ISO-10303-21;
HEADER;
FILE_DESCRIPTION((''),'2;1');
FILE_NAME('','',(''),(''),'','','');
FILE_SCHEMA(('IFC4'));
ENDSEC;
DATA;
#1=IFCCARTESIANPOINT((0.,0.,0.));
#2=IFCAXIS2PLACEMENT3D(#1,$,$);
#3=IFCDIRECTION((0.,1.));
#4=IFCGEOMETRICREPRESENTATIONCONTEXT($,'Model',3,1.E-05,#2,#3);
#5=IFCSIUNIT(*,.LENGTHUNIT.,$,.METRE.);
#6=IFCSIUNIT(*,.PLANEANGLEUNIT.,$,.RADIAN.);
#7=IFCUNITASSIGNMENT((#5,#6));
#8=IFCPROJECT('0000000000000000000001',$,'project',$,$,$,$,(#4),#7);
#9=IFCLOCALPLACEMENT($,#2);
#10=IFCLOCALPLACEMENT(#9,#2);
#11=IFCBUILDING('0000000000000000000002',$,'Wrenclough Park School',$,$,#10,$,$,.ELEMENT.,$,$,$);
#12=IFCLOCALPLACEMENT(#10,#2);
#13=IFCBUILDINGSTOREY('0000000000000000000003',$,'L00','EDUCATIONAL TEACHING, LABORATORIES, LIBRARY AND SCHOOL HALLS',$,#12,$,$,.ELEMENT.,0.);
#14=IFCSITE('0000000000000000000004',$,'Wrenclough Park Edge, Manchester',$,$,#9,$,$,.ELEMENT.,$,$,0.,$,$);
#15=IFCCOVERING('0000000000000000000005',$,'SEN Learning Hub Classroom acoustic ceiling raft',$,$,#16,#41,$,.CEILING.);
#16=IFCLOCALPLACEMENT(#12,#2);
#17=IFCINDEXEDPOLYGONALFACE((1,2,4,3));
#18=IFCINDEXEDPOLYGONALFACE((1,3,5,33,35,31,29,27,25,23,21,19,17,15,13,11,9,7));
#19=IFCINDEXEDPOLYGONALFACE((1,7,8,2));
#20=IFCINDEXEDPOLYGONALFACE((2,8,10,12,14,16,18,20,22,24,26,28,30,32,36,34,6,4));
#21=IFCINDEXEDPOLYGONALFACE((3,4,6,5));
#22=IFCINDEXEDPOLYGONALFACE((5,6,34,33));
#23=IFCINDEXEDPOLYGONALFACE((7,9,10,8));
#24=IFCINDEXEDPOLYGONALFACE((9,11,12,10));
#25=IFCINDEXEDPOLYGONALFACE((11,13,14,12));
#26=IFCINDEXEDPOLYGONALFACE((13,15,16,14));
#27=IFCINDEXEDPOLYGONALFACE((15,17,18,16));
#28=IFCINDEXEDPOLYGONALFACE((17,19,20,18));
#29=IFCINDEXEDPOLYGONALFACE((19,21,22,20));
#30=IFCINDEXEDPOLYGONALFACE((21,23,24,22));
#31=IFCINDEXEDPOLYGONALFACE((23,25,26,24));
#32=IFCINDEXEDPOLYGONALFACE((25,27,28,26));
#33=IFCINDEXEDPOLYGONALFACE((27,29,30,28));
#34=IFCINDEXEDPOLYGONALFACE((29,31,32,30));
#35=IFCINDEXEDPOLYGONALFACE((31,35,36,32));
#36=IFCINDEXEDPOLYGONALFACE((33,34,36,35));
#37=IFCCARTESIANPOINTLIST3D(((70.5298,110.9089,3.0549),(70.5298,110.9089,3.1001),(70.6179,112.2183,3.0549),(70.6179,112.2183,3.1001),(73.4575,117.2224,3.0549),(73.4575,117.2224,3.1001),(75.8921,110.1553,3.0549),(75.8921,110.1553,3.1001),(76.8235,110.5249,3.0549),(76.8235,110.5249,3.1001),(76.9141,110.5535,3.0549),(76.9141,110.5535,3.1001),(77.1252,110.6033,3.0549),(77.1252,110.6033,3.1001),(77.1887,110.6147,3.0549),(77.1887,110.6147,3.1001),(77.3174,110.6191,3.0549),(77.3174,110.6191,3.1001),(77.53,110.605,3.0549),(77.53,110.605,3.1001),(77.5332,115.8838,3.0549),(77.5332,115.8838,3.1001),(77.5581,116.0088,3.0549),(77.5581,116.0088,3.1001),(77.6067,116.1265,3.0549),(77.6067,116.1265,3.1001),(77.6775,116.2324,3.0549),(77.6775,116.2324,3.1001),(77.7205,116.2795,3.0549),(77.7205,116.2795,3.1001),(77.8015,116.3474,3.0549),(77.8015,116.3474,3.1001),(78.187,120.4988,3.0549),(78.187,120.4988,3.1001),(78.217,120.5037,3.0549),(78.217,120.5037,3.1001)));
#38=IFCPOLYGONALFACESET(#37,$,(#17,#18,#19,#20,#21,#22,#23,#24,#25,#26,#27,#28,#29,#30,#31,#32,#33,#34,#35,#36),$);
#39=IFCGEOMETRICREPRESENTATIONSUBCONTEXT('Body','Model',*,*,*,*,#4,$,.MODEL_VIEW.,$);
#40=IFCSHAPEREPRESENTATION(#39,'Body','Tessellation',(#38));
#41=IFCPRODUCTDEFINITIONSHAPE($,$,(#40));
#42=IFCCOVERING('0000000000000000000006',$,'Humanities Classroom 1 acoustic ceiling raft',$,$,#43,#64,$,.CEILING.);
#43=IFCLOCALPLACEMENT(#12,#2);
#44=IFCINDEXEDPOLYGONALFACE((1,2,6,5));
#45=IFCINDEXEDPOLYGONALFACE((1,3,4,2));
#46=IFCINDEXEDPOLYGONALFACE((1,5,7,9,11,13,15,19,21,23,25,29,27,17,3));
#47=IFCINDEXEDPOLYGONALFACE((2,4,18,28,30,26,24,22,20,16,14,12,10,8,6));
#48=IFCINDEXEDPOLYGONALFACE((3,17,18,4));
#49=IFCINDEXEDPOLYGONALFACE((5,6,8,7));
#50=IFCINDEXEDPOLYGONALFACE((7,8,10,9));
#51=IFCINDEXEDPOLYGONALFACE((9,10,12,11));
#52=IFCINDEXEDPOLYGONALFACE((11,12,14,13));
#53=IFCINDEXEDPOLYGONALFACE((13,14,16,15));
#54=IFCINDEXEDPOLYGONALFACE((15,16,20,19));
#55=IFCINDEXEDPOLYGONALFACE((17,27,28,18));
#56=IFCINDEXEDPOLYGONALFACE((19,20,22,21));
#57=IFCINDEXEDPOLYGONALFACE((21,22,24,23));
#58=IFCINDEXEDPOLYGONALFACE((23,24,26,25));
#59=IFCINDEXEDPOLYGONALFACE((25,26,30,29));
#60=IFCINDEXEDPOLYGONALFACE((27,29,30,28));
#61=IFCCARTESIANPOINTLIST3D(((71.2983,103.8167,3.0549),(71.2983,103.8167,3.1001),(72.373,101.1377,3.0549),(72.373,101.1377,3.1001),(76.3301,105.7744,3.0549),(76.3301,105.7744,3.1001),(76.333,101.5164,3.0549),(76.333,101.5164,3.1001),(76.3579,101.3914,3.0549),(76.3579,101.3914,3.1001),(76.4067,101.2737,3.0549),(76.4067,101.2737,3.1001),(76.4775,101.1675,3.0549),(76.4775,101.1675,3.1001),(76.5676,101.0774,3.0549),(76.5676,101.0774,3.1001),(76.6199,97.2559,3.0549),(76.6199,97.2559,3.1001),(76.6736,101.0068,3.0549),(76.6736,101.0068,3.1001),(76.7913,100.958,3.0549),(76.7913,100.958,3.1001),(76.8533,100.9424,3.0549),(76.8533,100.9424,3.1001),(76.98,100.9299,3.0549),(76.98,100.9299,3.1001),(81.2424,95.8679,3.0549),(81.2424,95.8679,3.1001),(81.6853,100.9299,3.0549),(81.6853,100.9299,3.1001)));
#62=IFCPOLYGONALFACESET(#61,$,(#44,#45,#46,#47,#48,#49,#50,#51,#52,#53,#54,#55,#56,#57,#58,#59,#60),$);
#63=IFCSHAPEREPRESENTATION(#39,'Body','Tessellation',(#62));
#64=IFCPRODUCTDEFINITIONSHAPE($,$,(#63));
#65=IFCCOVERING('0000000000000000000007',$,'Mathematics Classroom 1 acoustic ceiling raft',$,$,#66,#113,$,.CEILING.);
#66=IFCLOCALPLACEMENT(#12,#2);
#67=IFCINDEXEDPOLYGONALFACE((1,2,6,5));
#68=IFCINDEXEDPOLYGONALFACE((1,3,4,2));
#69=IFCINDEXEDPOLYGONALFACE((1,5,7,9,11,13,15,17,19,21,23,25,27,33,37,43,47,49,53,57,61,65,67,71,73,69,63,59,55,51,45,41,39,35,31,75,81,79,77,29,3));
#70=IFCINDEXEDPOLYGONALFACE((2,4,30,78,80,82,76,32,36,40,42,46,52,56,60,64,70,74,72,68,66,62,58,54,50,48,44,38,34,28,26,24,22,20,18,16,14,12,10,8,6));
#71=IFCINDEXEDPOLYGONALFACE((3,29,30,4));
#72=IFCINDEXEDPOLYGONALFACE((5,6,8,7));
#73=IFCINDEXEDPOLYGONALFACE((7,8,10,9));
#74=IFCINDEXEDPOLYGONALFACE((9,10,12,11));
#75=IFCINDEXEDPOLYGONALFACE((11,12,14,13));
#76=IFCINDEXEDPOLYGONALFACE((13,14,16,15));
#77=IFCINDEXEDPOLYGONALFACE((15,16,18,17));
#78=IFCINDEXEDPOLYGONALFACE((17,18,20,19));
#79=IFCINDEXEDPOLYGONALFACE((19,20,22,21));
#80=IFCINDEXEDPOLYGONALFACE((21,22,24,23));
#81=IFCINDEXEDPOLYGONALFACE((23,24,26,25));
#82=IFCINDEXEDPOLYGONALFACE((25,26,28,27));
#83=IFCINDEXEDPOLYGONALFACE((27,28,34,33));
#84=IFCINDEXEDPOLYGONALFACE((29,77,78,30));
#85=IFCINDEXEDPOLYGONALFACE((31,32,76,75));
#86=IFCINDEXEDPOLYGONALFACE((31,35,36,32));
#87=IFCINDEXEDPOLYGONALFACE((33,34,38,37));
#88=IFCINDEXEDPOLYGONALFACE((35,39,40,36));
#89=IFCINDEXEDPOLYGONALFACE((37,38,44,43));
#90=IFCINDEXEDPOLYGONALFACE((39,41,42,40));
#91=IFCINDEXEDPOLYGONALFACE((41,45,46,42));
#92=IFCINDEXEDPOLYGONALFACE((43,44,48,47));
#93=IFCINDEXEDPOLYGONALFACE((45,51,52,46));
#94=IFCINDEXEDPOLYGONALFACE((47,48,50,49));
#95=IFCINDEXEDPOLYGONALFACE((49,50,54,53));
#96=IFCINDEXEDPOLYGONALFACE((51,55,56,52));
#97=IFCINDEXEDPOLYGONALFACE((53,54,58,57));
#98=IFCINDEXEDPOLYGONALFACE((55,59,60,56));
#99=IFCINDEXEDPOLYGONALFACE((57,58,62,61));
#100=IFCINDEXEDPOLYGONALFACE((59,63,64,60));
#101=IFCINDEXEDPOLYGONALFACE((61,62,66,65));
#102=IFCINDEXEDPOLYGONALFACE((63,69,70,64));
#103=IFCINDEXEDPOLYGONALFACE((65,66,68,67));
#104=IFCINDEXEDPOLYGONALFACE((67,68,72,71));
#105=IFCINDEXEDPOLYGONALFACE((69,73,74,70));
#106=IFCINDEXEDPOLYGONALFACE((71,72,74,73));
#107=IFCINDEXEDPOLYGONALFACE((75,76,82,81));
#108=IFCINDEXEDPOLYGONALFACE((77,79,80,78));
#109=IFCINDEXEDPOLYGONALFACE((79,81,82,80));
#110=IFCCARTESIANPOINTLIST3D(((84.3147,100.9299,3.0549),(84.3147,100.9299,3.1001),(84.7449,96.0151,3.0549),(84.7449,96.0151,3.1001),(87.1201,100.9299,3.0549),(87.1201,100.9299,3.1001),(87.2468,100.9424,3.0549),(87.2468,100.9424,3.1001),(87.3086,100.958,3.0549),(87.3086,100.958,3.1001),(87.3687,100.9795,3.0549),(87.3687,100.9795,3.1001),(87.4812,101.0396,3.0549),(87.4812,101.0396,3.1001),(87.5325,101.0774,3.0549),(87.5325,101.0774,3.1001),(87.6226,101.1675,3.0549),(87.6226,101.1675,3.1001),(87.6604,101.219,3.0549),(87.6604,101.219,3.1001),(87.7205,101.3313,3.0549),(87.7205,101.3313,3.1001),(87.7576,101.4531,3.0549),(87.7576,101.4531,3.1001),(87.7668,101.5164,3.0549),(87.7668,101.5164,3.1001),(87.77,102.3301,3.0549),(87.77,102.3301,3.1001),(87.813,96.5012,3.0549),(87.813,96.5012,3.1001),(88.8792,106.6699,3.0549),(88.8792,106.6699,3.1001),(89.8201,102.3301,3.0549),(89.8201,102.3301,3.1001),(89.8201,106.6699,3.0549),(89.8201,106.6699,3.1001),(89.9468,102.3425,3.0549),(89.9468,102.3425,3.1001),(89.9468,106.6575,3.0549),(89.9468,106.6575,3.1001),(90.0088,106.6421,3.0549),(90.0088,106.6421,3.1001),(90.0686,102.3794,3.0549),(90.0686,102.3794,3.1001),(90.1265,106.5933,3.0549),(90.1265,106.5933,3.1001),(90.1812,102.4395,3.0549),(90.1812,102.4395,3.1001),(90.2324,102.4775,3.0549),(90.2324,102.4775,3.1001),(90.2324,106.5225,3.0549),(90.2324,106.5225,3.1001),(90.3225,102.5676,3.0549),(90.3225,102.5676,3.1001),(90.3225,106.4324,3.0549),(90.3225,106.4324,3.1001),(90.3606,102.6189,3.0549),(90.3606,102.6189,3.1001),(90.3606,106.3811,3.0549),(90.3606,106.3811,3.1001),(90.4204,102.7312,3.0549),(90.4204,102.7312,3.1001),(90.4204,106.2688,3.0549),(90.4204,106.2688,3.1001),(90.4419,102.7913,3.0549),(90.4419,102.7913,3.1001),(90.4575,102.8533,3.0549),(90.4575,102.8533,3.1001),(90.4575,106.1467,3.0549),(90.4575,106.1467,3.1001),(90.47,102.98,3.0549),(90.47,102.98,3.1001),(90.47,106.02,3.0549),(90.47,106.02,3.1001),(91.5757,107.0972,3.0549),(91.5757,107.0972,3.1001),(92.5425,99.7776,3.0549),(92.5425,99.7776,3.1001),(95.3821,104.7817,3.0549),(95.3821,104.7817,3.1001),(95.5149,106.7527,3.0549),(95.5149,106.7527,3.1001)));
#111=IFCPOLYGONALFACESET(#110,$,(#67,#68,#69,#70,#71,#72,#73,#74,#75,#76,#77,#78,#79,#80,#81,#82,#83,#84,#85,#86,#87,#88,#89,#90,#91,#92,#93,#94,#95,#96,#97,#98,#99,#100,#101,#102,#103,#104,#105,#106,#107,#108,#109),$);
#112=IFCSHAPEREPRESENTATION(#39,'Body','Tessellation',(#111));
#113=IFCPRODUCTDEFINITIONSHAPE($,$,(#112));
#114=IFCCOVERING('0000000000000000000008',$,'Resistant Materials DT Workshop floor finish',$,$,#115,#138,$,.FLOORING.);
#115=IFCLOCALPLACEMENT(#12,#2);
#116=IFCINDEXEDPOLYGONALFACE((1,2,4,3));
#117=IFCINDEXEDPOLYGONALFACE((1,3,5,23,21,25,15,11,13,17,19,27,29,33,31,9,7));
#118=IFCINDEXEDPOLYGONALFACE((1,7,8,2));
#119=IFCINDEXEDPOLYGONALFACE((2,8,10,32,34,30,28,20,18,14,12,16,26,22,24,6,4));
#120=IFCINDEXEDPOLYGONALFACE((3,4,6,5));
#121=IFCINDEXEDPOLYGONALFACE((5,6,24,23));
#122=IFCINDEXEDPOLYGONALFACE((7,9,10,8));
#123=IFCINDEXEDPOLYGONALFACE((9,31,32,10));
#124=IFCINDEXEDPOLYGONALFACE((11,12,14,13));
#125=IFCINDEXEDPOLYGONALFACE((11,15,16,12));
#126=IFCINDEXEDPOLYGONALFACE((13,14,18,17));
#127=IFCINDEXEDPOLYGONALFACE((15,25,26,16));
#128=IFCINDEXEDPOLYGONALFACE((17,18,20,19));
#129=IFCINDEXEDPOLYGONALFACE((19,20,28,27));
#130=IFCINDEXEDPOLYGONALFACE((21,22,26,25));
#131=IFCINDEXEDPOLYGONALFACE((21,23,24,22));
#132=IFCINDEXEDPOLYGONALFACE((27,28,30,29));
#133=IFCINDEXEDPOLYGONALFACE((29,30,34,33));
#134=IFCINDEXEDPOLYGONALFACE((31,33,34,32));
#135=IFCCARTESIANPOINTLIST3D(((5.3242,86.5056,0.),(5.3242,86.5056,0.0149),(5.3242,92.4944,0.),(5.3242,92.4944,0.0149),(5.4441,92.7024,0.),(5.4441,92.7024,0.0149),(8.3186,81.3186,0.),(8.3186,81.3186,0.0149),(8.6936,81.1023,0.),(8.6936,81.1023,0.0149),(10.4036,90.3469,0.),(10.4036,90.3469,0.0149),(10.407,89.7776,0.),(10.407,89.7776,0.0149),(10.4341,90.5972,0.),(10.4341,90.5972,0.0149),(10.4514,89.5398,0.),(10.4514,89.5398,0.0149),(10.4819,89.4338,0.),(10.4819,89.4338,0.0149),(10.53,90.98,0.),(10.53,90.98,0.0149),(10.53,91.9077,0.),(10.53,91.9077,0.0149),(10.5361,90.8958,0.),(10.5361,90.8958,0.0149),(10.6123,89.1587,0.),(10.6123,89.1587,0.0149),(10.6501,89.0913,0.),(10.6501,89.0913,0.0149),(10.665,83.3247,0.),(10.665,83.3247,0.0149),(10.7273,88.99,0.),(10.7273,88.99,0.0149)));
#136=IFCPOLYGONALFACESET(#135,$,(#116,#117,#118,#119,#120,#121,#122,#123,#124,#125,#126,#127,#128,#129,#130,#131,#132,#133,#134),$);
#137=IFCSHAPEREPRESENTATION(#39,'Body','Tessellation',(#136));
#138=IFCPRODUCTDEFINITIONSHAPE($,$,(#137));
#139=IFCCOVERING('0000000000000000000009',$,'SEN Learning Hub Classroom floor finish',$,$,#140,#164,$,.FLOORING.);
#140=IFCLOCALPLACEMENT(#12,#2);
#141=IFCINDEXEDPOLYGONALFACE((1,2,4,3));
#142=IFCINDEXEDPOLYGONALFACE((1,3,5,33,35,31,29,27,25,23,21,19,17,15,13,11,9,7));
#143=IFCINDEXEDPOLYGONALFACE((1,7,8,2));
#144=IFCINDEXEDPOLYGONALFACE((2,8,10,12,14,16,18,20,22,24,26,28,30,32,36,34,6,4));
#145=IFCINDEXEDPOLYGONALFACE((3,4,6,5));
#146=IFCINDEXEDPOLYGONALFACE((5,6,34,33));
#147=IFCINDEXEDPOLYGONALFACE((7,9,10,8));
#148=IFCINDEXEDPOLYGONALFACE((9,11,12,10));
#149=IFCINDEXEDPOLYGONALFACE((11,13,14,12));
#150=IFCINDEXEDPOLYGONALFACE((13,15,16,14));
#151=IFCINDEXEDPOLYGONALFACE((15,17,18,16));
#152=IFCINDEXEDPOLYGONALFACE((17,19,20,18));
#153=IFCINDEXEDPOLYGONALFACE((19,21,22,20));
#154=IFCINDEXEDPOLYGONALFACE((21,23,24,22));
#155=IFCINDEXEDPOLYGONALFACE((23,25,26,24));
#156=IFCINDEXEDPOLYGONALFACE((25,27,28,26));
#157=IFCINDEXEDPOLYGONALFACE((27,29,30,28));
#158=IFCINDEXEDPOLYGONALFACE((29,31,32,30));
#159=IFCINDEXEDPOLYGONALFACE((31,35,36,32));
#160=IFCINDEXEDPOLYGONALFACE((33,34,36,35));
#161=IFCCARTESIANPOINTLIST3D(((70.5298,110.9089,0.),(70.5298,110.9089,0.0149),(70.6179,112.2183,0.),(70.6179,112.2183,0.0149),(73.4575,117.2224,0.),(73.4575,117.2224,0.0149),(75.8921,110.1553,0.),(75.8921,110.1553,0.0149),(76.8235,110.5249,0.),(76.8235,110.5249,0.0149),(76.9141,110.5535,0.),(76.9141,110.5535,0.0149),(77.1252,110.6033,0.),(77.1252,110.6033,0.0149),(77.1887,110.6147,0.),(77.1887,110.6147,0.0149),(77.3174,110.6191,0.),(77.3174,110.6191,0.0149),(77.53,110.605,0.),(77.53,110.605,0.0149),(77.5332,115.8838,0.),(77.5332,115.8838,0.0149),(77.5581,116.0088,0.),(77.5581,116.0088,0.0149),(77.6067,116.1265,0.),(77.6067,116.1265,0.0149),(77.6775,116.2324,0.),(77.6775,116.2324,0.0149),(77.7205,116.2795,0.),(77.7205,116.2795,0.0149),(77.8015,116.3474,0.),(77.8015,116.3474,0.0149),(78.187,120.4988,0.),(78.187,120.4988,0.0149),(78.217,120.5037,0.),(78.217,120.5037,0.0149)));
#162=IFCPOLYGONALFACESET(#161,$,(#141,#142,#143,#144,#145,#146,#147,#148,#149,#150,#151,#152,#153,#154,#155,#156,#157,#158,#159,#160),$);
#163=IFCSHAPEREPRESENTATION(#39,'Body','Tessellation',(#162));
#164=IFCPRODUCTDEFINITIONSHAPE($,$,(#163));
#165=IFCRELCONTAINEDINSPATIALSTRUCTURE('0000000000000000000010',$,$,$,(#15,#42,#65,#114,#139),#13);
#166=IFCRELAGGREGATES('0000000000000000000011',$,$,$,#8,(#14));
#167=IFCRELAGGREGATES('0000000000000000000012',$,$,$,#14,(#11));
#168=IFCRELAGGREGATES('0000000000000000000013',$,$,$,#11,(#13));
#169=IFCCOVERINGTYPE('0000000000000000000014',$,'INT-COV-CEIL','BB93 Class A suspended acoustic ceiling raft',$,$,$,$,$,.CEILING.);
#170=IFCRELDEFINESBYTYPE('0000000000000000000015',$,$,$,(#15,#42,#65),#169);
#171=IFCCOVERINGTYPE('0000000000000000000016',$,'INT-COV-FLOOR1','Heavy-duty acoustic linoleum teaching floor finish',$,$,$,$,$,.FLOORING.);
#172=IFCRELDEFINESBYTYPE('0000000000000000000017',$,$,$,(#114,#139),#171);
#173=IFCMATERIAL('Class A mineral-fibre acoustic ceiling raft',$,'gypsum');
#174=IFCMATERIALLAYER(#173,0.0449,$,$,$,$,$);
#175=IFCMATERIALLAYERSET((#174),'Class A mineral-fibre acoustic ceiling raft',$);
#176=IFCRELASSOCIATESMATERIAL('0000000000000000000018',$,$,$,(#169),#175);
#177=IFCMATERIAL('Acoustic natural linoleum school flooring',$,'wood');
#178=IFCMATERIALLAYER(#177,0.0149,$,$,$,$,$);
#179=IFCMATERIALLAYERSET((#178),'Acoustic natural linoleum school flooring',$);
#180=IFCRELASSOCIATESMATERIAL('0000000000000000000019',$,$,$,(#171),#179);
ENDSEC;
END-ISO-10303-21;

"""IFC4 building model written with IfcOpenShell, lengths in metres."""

from ifc_helpers import new_model, si_unit, direction, frame, origin, place, context, subcontext, project, spatial, polyline, outline, extrude, material, layer, layer_set, type_object, element, save


model = new_model("IFC4")

# Units and contexts
model_context = context("Model", 3, precision=1e-05, world=origin(), true_north=direction((0.0, 1.0)))
body_context = subcontext(model_context, "Body", "Model", "MODEL_VIEW")
ifc_project = project(units=[si_unit("LENGTHUNIT", "METRE"), si_unit("PLANEANGLEUNIT", "RADIAN")], contexts=[model_context])

# Site, building, storey
site_placement = place(None, origin())
site = spatial("IfcSite", under=ifc_project, at=site_placement, Name="Wrenclough Park Edge, Manchester", CompositionType="ELEMENT", RefElevation=0.0)
building_placement = place(site_placement, origin())
building = spatial("IfcBuilding", under=site, at=building_placement, Name="Wrenclough Park School", CompositionType="ELEMENT")
storey_placement = place(building_placement, origin())
storey = spatial("IfcBuildingStorey", under=building, at=storey_placement, Name="L00", Description="EDUCATIONAL TEACHING, LABORATORIES, LIBRARY AND SCHOOL HALLS", CompositionType="ELEMENT", Elevation=0.0)

# Coverings
ifc_material_1 = material(Name="Class A mineral-fibre acoustic ceiling raft", Category="gypsum")
ifc_layer_1 = layer(ifc_material_1, 0.0449)
ifc_layer_set_1 = layer_set([ifc_layer_1], Name="Class A mineral-fibre acoustic ceiling raft")
covering_type_1 = type_object("IfcCoveringType", Name="INT-COV-CEIL", Description="BB93 Class A suspended acoustic ceiling raft", PredefinedType="CEILING", material=ifc_layer_set_1)
covering_1_placement = place(storey_placement, frame((0.0, 0.0, 3.0549)))
element("IfcCovering", 1, at=covering_1_placement, inside=storey, type_object=covering_type_1, Name="SEN Learning Hub Classroom acoustic ceiling raft", PredefinedType="CEILING", context=body_context, shape_type="SweptSolid", body=[
    extrude(outline(polyline([(77.3174, 110.6191), (77.53, 110.605), (77.5332, 115.8838), (77.5581, 116.0088), (77.6067, 116.1265), (77.6775, 116.2324), (77.7205, 116.2795), (77.8015, 116.3474), (78.217, 120.5037), (78.187, 120.4988), (73.4575, 117.2224), (70.6179, 112.2183), (70.5298, 110.9089), (75.8921, 110.1553), (76.8235, 110.5249), (76.9141, 110.5535), (77.1252, 110.6033), (77.1887, 110.6147), (77.3174, 110.6191)])), origin(), (0.0, 0.0, 1.0), 0.0452),
])
covering_2_placement = place(storey_placement, frame((0.0, 0.0, 3.0549)))
element("IfcCovering", 2, at=covering_2_placement, inside=storey, type_object=covering_type_1, Name="Humanities Classroom 1 acoustic ceiling raft", PredefinedType="CEILING", context=body_context, shape_type="SweptSolid", body=[
    extrude(outline(polyline([(71.2983, 103.8167), (72.373, 101.1377), (76.6199, 97.2559), (81.2424, 95.8679), (81.6853, 100.9299), (76.98, 100.9299), (76.8533, 100.9424), (76.7913, 100.958), (76.6736, 101.0068), (76.5676, 101.0774), (76.4775, 101.1675), (76.4067, 101.2737), (76.3579, 101.3914), (76.333, 101.5164), (76.3301, 105.7744), (71.2983, 103.8167)])), origin(), (0.0, 0.0, 1.0), 0.0452),
])
covering_3_placement = place(storey_placement, frame((0.0, 0.0, 3.0549)))
element("IfcCovering", 3, at=covering_3_placement, inside=storey, type_object=covering_type_1, Name="Mathematics Classroom 1 acoustic ceiling raft", PredefinedType="CEILING", context=body_context, shape_type="SweptSolid", body=[
    extrude(outline(polyline([(87.1201, 100.9299), (84.3147, 100.9299), (84.7449, 96.0151), (87.813, 96.5012), (92.5425, 99.7776), (95.3821, 104.7817), (95.5149, 106.7527), (91.5757, 107.0972), (88.8792, 106.6699), (89.8201, 106.6699), (89.9468, 106.6575), (90.0088, 106.6421), (90.1265, 106.5933), (90.2324, 106.5225), (90.3225, 106.4324), (90.3606, 106.3811), (90.4204, 106.2688), (90.4575, 106.1467), (90.47, 106.02), (90.47, 102.98), (90.4575, 102.8533), (90.4419, 102.7913), (90.4204, 102.7312), (90.3606, 102.6189), (90.3225, 102.5676), (90.2324, 102.4775), (90.1812, 102.4395), (90.0686, 102.3794), (89.9468, 102.3425), (89.8201, 102.3301), (87.77, 102.3301), (87.7668, 101.5164), (87.7576, 101.4531), (87.7205, 101.3313), (87.6604, 101.219), (87.6226, 101.1675), (87.5325, 101.0774), (87.4812, 101.0396), (87.3687, 100.9795), (87.3086, 100.958), (87.2468, 100.9424), (87.1201, 100.9299)])), origin(), (0.0, 0.0, 1.0), 0.0452),
])
ifc_material_2 = material(Name="Acoustic natural linoleum school flooring", Category="wood")
ifc_layer_2 = layer(ifc_material_2, 0.0149)
ifc_layer_set_2 = layer_set([ifc_layer_2], Name="Acoustic natural linoleum school flooring")
covering_type_2 = type_object("IfcCoveringType", Name="INT-COV-FLOOR1", Description="Heavy-duty acoustic linoleum teaching floor finish", PredefinedType="FLOORING", material=ifc_layer_set_2)
covering_4_placement = place(storey_placement, origin())
element("IfcCovering", 4, at=covering_4_placement, inside=storey, type_object=covering_type_2, Name="Resistant Materials DT Workshop floor finish", PredefinedType="FLOORING", context=body_context, shape_type="SweptSolid", body=[
    extrude(outline(polyline([(10.53, 90.98), (10.53, 91.9077), (5.4441, 92.7024), (5.3242, 92.4944), (5.3242, 86.5056), (8.3186, 81.3186), (8.6936, 81.1023), (10.665, 83.3247), (10.7273, 88.99), (10.6501, 89.0913), (10.6123, 89.1587), (10.4819, 89.4338), (10.4514, 89.5398), (10.407, 89.7776), (10.4036, 90.3469), (10.4341, 90.5972), (10.5361, 90.8958), (10.53, 90.98)])), origin(), (0.0, 0.0, 1.0), 0.0149),
])
covering_5_placement = place(storey_placement, origin())
element("IfcCovering", 5, at=covering_5_placement, inside=storey, type_object=covering_type_2, Name="SEN Learning Hub Classroom floor finish", PredefinedType="FLOORING", context=body_context, shape_type="SweptSolid", body=[
    extrude(outline(polyline([(77.3174, 110.6191), (77.53, 110.605), (77.5332, 115.8838), (77.5581, 116.0088), (77.6067, 116.1265), (77.6775, 116.2324), (77.7205, 116.2795), (77.8015, 116.3474), (78.217, 120.5037), (78.187, 120.4988), (73.4575, 117.2224), (70.6179, 112.2183), (70.5298, 110.9089), (75.8921, 110.1553), (76.8235, 110.5249), (76.9141, 110.5535), (77.1252, 110.6033), (77.1887, 110.6147), (77.3174, 110.6191)])), origin(), (0.0, 0.0, 1.0), 0.0149),
])

save(model, "model.ifc")
